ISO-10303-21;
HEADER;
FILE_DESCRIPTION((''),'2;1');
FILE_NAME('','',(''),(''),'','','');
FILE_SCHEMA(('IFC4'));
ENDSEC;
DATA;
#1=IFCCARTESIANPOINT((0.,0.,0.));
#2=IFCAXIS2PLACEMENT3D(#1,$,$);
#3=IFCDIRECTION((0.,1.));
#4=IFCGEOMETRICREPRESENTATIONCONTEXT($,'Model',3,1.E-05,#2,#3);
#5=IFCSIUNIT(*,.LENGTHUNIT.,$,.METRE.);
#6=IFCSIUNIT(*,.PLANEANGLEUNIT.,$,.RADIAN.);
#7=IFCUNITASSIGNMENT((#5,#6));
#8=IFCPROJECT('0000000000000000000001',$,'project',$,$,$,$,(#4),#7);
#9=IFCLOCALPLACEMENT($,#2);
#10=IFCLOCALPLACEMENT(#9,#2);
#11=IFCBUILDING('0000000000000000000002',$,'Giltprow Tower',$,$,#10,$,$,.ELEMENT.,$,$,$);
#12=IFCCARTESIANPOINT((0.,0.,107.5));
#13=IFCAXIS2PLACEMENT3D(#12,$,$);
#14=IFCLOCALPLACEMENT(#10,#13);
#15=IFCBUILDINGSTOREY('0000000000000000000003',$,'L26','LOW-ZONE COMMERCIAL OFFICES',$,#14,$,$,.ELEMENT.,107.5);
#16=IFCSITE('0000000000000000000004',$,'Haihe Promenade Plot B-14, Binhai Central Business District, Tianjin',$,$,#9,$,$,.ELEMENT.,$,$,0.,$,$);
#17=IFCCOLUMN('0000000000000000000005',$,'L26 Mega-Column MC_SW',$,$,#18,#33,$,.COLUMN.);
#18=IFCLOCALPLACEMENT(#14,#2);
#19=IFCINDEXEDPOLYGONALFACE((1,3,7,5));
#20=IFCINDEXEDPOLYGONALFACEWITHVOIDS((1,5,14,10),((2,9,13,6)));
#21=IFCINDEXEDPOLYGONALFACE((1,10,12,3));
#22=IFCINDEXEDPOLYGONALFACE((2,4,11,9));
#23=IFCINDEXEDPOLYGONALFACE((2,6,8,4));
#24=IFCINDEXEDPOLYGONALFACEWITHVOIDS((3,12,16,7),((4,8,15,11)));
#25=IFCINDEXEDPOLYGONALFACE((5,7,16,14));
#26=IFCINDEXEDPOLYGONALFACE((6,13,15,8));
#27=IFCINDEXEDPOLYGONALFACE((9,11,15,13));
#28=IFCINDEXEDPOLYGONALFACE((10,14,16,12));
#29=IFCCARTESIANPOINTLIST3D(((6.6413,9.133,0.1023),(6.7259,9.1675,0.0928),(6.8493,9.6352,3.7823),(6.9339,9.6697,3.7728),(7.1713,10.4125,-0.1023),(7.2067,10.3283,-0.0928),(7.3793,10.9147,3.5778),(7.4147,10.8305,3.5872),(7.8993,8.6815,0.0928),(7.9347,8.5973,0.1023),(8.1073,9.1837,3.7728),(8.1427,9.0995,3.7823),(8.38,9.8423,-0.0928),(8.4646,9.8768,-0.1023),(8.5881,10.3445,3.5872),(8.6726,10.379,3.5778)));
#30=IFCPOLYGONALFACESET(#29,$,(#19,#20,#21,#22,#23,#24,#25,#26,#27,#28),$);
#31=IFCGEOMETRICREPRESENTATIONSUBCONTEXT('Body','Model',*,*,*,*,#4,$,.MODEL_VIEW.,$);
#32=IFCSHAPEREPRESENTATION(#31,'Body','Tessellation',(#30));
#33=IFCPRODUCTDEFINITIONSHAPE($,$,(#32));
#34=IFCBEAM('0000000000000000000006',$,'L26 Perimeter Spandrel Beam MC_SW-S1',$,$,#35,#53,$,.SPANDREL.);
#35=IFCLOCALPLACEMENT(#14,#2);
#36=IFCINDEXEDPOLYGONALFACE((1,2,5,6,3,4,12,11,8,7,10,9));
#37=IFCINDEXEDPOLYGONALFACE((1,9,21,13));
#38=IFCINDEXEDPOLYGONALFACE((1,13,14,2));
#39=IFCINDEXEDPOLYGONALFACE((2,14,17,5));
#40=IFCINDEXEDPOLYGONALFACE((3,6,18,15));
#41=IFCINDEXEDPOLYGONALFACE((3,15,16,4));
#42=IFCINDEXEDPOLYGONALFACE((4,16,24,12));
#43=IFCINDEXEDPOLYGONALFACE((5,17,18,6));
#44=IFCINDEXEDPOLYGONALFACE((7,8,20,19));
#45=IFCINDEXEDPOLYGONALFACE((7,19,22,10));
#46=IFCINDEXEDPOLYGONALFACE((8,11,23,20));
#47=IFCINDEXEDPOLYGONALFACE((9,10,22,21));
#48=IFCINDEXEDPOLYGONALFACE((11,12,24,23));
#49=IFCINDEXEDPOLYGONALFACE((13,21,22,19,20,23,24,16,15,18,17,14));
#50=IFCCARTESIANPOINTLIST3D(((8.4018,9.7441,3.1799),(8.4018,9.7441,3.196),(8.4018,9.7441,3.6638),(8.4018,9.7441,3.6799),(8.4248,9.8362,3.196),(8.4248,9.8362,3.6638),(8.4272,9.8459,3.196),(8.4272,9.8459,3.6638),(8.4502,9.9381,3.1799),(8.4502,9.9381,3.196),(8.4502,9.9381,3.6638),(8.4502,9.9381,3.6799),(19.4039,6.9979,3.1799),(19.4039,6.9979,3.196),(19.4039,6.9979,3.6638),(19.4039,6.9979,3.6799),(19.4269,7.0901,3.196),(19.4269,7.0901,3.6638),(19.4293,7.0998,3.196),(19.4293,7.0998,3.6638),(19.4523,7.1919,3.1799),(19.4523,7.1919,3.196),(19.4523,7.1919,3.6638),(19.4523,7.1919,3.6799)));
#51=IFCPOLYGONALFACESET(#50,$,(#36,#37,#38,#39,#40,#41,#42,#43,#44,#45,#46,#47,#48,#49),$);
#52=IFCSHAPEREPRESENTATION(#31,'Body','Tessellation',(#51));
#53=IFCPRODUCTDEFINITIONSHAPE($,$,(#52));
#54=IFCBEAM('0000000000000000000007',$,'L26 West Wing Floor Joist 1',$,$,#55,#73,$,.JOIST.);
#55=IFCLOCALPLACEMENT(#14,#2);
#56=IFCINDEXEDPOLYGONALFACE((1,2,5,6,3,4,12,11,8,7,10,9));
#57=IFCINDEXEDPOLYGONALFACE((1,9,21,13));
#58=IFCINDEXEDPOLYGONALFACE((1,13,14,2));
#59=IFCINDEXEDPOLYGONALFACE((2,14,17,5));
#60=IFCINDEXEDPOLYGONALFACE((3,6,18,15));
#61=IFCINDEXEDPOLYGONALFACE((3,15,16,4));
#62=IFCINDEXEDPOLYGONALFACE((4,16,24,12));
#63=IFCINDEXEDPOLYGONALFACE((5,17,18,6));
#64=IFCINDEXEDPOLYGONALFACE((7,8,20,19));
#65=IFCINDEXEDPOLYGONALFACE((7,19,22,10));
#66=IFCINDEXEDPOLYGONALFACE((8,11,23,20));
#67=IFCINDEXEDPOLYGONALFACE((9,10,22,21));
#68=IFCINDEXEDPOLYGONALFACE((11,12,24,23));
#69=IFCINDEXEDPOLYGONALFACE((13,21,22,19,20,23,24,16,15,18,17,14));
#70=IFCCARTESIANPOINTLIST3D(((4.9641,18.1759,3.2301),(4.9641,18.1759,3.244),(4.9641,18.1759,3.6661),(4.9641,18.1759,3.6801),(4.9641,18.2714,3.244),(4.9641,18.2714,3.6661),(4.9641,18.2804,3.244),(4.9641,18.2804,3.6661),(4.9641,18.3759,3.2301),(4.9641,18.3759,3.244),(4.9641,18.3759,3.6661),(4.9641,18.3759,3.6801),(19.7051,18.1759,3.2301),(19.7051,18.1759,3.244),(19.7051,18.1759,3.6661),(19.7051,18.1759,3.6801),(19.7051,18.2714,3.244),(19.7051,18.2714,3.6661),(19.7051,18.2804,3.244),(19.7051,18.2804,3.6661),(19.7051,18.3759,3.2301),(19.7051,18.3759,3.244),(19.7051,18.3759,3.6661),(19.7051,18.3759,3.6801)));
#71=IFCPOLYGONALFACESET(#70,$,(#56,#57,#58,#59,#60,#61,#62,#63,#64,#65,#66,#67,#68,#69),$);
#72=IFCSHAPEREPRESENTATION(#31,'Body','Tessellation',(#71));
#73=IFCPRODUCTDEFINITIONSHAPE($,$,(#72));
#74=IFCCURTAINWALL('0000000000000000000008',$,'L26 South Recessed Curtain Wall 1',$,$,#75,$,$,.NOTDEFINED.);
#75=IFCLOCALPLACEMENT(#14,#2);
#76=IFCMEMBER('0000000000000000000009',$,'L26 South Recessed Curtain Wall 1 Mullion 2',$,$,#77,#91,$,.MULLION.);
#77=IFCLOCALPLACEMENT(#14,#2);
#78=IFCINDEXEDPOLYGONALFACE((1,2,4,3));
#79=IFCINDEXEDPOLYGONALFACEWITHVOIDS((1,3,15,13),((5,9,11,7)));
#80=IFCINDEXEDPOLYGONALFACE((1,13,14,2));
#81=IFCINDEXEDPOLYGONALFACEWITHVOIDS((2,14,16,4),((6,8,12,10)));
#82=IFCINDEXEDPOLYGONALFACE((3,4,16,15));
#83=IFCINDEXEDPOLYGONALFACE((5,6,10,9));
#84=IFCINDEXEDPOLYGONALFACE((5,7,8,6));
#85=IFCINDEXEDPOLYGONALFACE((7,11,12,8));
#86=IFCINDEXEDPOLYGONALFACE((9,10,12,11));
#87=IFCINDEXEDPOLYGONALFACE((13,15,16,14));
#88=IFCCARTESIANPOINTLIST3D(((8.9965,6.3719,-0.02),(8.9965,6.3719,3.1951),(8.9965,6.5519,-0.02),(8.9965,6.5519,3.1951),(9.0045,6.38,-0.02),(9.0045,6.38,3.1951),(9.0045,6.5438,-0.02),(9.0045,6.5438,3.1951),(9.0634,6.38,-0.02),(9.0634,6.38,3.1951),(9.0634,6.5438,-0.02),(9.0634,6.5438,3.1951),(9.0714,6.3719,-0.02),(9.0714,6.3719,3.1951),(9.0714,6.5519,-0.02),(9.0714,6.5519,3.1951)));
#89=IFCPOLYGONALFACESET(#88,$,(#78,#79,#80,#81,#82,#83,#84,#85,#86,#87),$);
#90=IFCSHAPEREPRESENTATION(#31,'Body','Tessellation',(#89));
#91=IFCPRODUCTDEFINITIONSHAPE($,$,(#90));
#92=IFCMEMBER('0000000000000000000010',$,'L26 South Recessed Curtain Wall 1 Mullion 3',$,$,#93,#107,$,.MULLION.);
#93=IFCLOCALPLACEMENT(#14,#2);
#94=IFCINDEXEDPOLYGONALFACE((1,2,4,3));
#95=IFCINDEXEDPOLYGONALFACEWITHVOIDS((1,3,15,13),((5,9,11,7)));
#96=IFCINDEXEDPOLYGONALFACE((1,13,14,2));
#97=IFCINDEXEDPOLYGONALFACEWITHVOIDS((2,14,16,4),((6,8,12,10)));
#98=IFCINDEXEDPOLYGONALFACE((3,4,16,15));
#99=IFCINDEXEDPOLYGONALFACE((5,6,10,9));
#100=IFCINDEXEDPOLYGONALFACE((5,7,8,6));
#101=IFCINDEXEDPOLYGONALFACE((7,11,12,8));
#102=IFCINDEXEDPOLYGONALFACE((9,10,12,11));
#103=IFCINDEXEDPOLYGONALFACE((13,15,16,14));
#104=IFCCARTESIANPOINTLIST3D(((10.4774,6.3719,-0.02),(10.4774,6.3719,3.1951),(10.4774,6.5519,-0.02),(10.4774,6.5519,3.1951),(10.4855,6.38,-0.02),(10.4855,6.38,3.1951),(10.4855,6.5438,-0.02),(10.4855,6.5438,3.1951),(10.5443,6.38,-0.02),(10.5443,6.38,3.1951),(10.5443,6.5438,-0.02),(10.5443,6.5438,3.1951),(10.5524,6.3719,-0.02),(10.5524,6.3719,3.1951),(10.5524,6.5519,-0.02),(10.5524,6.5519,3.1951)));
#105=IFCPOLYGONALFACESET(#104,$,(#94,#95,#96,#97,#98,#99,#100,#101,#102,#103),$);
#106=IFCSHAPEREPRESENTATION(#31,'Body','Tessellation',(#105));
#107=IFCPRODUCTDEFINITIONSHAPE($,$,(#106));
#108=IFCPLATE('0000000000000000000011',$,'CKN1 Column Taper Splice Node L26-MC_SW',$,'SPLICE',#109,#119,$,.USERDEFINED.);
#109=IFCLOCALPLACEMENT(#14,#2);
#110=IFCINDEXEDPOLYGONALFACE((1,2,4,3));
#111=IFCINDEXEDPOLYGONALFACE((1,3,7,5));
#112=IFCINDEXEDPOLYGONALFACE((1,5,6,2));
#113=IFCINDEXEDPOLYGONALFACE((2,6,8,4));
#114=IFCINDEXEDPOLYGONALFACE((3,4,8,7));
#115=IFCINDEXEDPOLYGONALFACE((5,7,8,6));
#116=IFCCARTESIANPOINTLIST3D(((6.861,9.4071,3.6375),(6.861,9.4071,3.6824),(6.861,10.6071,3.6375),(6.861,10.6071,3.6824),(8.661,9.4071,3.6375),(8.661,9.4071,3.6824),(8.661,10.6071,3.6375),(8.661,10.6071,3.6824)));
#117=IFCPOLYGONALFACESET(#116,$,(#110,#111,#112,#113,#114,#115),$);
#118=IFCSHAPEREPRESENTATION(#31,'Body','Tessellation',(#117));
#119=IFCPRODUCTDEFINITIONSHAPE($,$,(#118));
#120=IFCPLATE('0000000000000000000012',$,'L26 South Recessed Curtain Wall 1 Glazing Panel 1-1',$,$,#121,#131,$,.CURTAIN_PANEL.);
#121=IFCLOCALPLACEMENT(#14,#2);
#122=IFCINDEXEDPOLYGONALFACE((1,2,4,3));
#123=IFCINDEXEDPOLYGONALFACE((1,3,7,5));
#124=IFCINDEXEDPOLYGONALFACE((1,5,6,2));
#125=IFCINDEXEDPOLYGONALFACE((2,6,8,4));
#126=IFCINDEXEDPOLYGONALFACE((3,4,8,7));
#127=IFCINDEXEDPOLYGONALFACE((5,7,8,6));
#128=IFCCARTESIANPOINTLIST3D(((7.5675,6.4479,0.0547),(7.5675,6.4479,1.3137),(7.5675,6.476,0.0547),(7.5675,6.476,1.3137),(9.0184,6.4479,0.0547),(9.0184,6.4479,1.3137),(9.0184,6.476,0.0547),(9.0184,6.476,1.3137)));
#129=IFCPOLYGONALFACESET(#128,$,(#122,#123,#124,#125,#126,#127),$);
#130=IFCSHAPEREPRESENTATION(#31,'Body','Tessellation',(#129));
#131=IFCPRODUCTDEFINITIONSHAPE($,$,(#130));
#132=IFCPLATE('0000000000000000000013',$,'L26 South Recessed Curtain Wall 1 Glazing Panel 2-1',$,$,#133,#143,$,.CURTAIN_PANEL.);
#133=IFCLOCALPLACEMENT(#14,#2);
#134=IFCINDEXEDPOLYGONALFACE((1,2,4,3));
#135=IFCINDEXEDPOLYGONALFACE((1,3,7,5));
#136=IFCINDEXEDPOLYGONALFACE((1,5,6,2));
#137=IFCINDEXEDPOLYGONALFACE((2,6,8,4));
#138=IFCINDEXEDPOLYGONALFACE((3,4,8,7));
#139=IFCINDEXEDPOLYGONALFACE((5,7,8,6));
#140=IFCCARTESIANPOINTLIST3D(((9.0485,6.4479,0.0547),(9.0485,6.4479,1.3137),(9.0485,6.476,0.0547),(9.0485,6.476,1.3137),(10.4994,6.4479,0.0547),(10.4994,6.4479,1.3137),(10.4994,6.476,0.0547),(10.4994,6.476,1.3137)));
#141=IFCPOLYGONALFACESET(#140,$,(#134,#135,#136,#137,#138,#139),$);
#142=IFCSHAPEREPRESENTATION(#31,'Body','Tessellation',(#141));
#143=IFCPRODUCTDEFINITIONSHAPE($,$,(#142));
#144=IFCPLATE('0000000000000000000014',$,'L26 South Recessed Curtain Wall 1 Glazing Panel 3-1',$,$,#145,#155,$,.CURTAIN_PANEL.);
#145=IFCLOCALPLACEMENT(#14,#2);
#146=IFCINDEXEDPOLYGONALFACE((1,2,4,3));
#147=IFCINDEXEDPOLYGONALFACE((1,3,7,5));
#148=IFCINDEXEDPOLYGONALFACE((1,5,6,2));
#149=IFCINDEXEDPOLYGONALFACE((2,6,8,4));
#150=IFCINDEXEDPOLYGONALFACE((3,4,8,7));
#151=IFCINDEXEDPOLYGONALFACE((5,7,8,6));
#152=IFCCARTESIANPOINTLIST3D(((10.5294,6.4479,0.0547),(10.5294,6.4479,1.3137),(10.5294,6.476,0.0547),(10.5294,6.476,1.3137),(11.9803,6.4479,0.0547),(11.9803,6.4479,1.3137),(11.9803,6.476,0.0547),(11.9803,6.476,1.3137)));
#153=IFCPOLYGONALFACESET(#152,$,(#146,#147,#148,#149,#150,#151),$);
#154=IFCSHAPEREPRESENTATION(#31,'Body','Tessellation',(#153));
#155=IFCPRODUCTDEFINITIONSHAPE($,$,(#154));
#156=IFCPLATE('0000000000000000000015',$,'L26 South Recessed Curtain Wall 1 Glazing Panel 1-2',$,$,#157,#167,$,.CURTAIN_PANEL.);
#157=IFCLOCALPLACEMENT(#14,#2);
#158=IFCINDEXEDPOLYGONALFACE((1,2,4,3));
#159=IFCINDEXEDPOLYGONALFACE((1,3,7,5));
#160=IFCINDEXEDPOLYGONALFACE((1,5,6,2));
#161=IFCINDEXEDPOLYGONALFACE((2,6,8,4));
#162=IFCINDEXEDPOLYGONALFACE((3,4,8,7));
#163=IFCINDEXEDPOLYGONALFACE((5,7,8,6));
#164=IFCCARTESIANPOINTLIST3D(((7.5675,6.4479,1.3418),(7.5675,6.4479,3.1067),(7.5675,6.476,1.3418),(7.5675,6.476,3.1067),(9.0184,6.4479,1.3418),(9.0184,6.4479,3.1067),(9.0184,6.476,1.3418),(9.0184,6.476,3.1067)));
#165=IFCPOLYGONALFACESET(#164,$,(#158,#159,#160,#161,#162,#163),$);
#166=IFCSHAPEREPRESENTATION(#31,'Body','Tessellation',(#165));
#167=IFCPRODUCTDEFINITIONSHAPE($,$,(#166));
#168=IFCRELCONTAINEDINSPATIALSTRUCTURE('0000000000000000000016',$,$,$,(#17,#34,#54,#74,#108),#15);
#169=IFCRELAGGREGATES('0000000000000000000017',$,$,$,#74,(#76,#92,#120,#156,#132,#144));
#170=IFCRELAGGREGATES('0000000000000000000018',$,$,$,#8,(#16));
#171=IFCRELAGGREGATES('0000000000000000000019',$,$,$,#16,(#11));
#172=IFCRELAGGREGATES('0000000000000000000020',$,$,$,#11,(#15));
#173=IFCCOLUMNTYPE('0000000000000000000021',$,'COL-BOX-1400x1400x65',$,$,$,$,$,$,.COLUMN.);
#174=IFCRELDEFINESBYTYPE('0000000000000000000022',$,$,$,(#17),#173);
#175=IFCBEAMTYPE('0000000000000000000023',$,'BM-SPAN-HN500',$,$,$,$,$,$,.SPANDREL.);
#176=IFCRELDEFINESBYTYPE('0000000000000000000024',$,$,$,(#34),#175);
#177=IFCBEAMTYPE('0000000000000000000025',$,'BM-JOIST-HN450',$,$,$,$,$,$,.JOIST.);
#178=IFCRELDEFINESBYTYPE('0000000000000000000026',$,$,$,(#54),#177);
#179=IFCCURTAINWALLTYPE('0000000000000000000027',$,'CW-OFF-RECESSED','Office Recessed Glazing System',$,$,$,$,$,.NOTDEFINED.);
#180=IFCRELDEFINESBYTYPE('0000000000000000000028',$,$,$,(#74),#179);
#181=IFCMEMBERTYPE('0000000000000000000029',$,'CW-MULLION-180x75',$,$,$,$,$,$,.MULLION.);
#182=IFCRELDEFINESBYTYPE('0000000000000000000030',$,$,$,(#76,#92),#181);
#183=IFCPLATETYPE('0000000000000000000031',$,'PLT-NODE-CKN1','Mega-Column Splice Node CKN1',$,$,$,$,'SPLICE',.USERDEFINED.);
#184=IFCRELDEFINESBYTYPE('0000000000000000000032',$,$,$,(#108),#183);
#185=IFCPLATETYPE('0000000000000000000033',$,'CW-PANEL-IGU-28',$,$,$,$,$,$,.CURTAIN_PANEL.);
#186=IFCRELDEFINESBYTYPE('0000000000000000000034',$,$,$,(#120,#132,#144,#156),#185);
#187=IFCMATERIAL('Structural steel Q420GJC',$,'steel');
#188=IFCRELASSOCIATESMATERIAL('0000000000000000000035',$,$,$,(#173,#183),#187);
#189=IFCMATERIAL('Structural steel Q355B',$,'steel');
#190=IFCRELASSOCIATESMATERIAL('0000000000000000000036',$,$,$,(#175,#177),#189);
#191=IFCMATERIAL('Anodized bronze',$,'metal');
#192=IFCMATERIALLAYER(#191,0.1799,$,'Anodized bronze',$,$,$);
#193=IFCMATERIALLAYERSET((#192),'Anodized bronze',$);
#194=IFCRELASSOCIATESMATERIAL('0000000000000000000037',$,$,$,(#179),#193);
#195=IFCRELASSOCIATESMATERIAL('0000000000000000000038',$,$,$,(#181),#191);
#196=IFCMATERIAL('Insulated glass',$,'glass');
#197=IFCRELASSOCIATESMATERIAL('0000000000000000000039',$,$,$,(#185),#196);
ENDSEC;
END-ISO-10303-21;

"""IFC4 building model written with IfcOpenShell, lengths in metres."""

from ifc_helpers import new_model, si_unit, direction, frame, origin, origin_2d, place, context, subcontext, project, spatial, rectangle, hollow_rectangle, i_section, extrude, source, transform, mapped, material, layer, layer_set, material_profile, profile_set, type_object, element, aggregate, save


model = new_model("IFC4")

# Units and contexts
model_context = context("Model", 3, precision=1e-05, world=origin(), true_north=direction((0.0, 1.0)))
body_context = subcontext(model_context, "Body", "Model", "MODEL_VIEW")
ifc_project = project(units=[si_unit("LENGTHUNIT", "METRE"), si_unit("PLANEANGLEUNIT", "RADIAN")], contexts=[model_context])

# Site, building, storey
site_placement = place(None, origin())
site = spatial("IfcSite", under=ifc_project, at=site_placement, Name="Haihe Promenade Plot B-14, Binhai Central Business District, Tianjin", CompositionType="ELEMENT", RefElevation=0.0)
building_placement = place(site_placement, origin())
building = spatial("IfcBuilding", under=site, at=building_placement, Name="Giltprow Tower", CompositionType="ELEMENT")
storey_placement = place(building_placement, frame((0.0, 0.0, 107.5)))
storey = spatial("IfcBuildingStorey", under=building, at=storey_placement, Name="L26", Description="LOW-ZONE COMMERCIAL OFFICES", CompositionType="ELEMENT", Elevation=107.5)

# Column
ifc_material_1 = material(Name="Structural steel Q420GJC", Category="steel")
ifc_material_profile_1 = material_profile(ifc_material_1, hollow_rectangle(XDim=1.3999, YDim=1.3999, WallThickness=0.0649, at=origin_2d()), Name="BOX 1400x1400x65")
ifc_profile_set_1 = profile_set([ifc_material_profile_1], Name="Structural steel Q420GJC")
column_type = type_object("IfcColumnType", Name="COL-BOX-1400x1400x65", PredefinedType="COLUMN", material=ifc_profile_set_1)
shared_shape_1 = source(origin(), body_context, "Body", "SweptSolid", [
    extrude(hollow_rectangle(XDim=1.3999, YDim=1.3999, WallThickness=0.0649, at=origin_2d()), origin(), (0.0, 0.0, 1.0), 3.72),
])
column_placement = place(storey_placement, frame((7.553, 9.5049, 0.0), z_axis=(0.055918, 0.135004, 0.989266), x_axis=(-0.923885, 0.382669, 0.0)))
element("IfcColumn", 1, at=column_placement, inside=storey, type_object=column_type, Name="L26 Mega-Column MC_SW", PredefinedType="COLUMN", context=body_context, shape_type="MappedRepresentation", body=[
    mapped(shared_shape_1, transform((0.0, 0.0, 0.0), x_axis=(1.0, 0.0, 0.0), y_axis=(0.0, 1.0, 0.0), z_axis=(0.0, 0.0, 1.0), scale=1.0)),
])

# Beams
ifc_material_2 = material(Name="Structural steel Q355B", Category="steel")
ifc_material_profile_2 = material_profile(ifc_material_2, i_section(OverallWidth=0.2, OverallDepth=0.5, WebThickness=0.01, FlangeThickness=0.0161, at=origin_2d()), Name="HN 500x200x10x16")
ifc_profile_set_2 = profile_set([ifc_material_profile_2], Name="Structural steel Q355B")
beam_type_1 = type_object("IfcBeamType", Name="BM-SPAN-HN500", PredefinedType="SPANDREL", material=ifc_profile_set_2)
shared_shape_2 = source(origin(), body_context, "Body", "SweptSolid", [
    extrude(i_section(OverallWidth=0.2, OverallDepth=0.5, WebThickness=0.01, FlangeThickness=0.0161, at=origin_2d()), origin(), (0.0, 0.0, 1.0), 11.3396),
])
beam_1_placement = place(storey_placement, frame((8.426, 9.8411, 3.4299), z_axis=(0.970234, -0.242171, 0.0), x_axis=(0.242171, 0.970234, 0.0)))
element("IfcBeam", 2, at=beam_1_placement, inside=storey, type_object=beam_type_1, Name="L26 Perimeter Spandrel Beam MC_SW-S1", PredefinedType="SPANDREL", context=body_context, shape_type="MappedRepresentation", body=[
    mapped(shared_shape_2, transform((0.0, 0.0, 0.0), x_axis=(1.0, 0.0, 0.0), y_axis=(0.0, 1.0, 0.0), z_axis=(0.0, 0.0, 1.0), scale=1.0)),
])
ifc_material_profile_3 = material_profile(ifc_material_2, i_section(OverallWidth=0.2, OverallDepth=0.45, WebThickness=0.009, FlangeThickness=0.0139, at=origin_2d()), Name="HN 450x200x9x14")
ifc_profile_set_3 = profile_set([ifc_material_profile_3], Name="Structural steel Q355B")
beam_type_2 = type_object("IfcBeamType", Name="BM-JOIST-HN450", PredefinedType="JOIST", material=ifc_profile_set_3)
shared_shape_3 = source(origin(), body_context, "Body", "SweptSolid", [
    extrude(i_section(OverallWidth=0.2, OverallDepth=0.45, WebThickness=0.009, FlangeThickness=0.0139, at=origin_2d()), origin(), (0.0, 0.0, 1.0), 14.741),
])
beam_2_placement = place(storey_placement, frame((4.9641, 18.2759, 3.4551), z_axis=(1.0, 0.0, 0.0), x_axis=(0.0, 1.0, 0.0)))
element("IfcBeam", 3, at=beam_2_placement, inside=storey, type_object=beam_type_2, Name="L26 West Wing Floor Joist 1", PredefinedType="JOIST", context=body_context, shape_type="MappedRepresentation", body=[
    mapped(shared_shape_3, transform((0.0, 0.0, 0.0), x_axis=(1.0, 0.0, 0.0), y_axis=(0.0, 1.0, 0.0), z_axis=(0.0, 0.0, 1.0), scale=1.0)),
])

# Curtain wall, members
ifc_material_3 = material(Name="Anodized bronze", Category="metal")
ifc_layer_1 = layer(ifc_material_3, 0.1799, Name="Anodized bronze")
ifc_layer_set_1 = layer_set([ifc_layer_1], Name="Anodized bronze")
curtain_wall_type = type_object("IfcCurtainWallType", Name="CW-OFF-RECESSED", Description="Office Recessed Glazing System", PredefinedType="NOTDEFINED", material=ifc_layer_set_1)
curtain_wall_placement = place(storey_placement, origin())
curtain_wall = element("IfcCurtainWall", 4, at=curtain_wall_placement, inside=storey, type_object=curtain_wall_type, Name="L26 South Recessed Curtain Wall 1", PredefinedType="NOTDEFINED")
ifc_material_profile_4 = material_profile(ifc_material_3, hollow_rectangle(XDim=0.075, YDim=0.1799, WallThickness=0.0081, at=origin_2d()), Name="RHS 180x75x8")
ifc_profile_set_4 = profile_set([ifc_material_profile_4], Name="Anodized bronze")
member_type = type_object("IfcMemberType", Name="CW-MULLION-180x75", PredefinedType="MULLION", material=ifc_profile_set_4)
shared_shape_4 = source(origin(), body_context, "Body", "SweptSolid", [
    extrude(hollow_rectangle(XDim=0.075, YDim=0.1799, WallThickness=0.0081, at=origin_2d()), origin(), (0.0, 0.0, 1.0), 3.2151),
])
member_1_placement = place(storey_placement, frame((9.0339, 6.4619, -0.02), z_axis=(0.0, 0.0, 1.0), x_axis=(1.0, 0.0, 0.0)))
member_1 = element("IfcMember", 5, at=member_1_placement, type_object=member_type, Name="L26 South Recessed Curtain Wall 1 Mullion 2", PredefinedType="MULLION", context=body_context, shape_type="MappedRepresentation", body=[
    mapped(shared_shape_4, transform((0.0, 0.0, 0.0), x_axis=(1.0, 0.0, 0.0), y_axis=(0.0, 1.0, 0.0), z_axis=(0.0, 0.0, 1.0), scale=1.0)),
])
member_2_placement = place(storey_placement, frame((10.5149, 6.4619, -0.02), z_axis=(0.0, 0.0, 1.0), x_axis=(1.0, 0.0, 0.0)))
member_2 = element("IfcMember", 6, at=member_2_placement, type_object=member_type, Name="L26 South Recessed Curtain Wall 1 Mullion 3", PredefinedType="MULLION", context=body_context, shape_type="MappedRepresentation", body=[
    mapped(shared_shape_4, transform((0.0, 0.0, 0.0), x_axis=(1.0, 0.0, 0.0), y_axis=(0.0, 1.0, 0.0), z_axis=(0.0, 0.0, 1.0), scale=1.0)),
])

# Plates
plate_type_1 = type_object("IfcPlateType", Name="PLT-NODE-CKN1", Description="Mega-Column Splice Node CKN1", ElementType="SPLICE", PredefinedType="USERDEFINED", material=ifc_material_1)
shared_shape_5 = source(origin(), body_context, "Body", "SweptSolid", [
    extrude(rectangle(XDim=1.8, YDim=1.2, at=origin_2d()), origin(), (0.0, 0.0, 1.0), 0.0449),
])
plate_1_placement = place(storey_placement, frame((7.761, 10.0071, 3.6375), z_axis=(0.0, 0.0, 1.0), x_axis=(1.0, 0.0, 0.0)))
element("IfcPlate", 7, at=plate_1_placement, inside=storey, type_object=plate_type_1, Name="CKN1 Column Taper Splice Node L26-MC_SW", ObjectType="SPLICE", PredefinedType="USERDEFINED", context=body_context, shape_type="MappedRepresentation", body=[
    mapped(shared_shape_5, transform((0.0, 0.0, 0.0), x_axis=(1.0, 0.0, 0.0), y_axis=(0.0, 1.0, 0.0), z_axis=(0.0, 0.0, 1.0), scale=1.0)),
])
ifc_material_4 = material(Name="Insulated glass", Category="glass")
plate_type_2 = type_object("IfcPlateType", Name="CW-PANEL-IGU-28", PredefinedType="CURTAIN_PANEL", material=ifc_material_4)
shared_shape_6 = source(origin(), body_context, "Body", "SweptSolid", [
    extrude(rectangle(XDim=1.4509, YDim=0.0281, at=origin_2d()), origin(), (0.0, 0.0, 1.0), 1.259),
])
plate_2_placement = place(storey_placement, frame((8.293, 6.4619, 0.0547), z_axis=(0.0, 0.0, 1.0), x_axis=(1.0, 0.0, 0.0)))
plate_2 = element("IfcPlate", 8, at=plate_2_placement, type_object=plate_type_2, Name="L26 South Recessed Curtain Wall 1 Glazing Panel 1-1", PredefinedType="CURTAIN_PANEL", context=body_context, shape_type="MappedRepresentation", body=[
    mapped(shared_shape_6, transform((0.0, 0.0, 0.0), x_axis=(1.0, 0.0, 0.0), y_axis=(0.0, 1.0, 0.0), z_axis=(0.0, 0.0, 1.0), scale=1.0)),
])
plate_3_placement = place(storey_placement, frame((9.7739, 6.4619, 0.0547), z_axis=(0.0, 0.0, 1.0), x_axis=(1.0, 0.0, 0.0)))
plate_3 = element("IfcPlate", 9, at=plate_3_placement, type_object=plate_type_2, Name="L26 South Recessed Curtain Wall 1 Glazing Panel 2-1", PredefinedType="CURTAIN_PANEL", context=body_context, shape_type="MappedRepresentation", body=[
    mapped(shared_shape_6, transform((0.0, 0.0, 0.0), x_axis=(1.0, 0.0, 0.0), y_axis=(0.0, 1.0, 0.0), z_axis=(0.0, 0.0, 1.0), scale=1.0)),
])
plate_4_placement = place(storey_placement, frame((11.2549, 6.4619, 0.0547), z_axis=(0.0, 0.0, 1.0), x_axis=(1.0, 0.0, 0.0)))
plate_4 = element("IfcPlate", 10, at=plate_4_placement, type_object=plate_type_2, Name="L26 South Recessed Curtain Wall 1 Glazing Panel 3-1", PredefinedType="CURTAIN_PANEL", context=body_context, shape_type="MappedRepresentation", body=[
    mapped(shared_shape_6, transform((0.0, 0.0, 0.0), x_axis=(1.0, 0.0, 0.0), y_axis=(0.0, 1.0, 0.0), z_axis=(0.0, 0.0, 1.0), scale=1.0)),
])
shared_shape_7 = source(origin(), body_context, "Body", "SweptSolid", [
    extrude(rectangle(XDim=1.4509, YDim=0.0281, at=origin_2d()), origin(), (0.0, 0.0, 1.0), 1.7649),
])
plate_5_placement = place(storey_placement, frame((8.293, 6.4619, 1.3418), z_axis=(0.0, 0.0, 1.0), x_axis=(1.0, 0.0, 0.0)))
plate_5 = element("IfcPlate", 11, at=plate_5_placement, type_object=plate_type_2, Name="L26 South Recessed Curtain Wall 1 Glazing Panel 1-2", PredefinedType="CURTAIN_PANEL", context=body_context, shape_type="MappedRepresentation", body=[
    mapped(shared_shape_7, transform((0.0, 0.0, 0.0), x_axis=(1.0, 0.0, 0.0), y_axis=(0.0, 1.0, 0.0), z_axis=(0.0, 0.0, 1.0), scale=1.0)),
])
aggregate(curtain_wall, [member_1, member_2, plate_2, plate_5, plate_3, plate_4])

save(model, "model.ifc")
